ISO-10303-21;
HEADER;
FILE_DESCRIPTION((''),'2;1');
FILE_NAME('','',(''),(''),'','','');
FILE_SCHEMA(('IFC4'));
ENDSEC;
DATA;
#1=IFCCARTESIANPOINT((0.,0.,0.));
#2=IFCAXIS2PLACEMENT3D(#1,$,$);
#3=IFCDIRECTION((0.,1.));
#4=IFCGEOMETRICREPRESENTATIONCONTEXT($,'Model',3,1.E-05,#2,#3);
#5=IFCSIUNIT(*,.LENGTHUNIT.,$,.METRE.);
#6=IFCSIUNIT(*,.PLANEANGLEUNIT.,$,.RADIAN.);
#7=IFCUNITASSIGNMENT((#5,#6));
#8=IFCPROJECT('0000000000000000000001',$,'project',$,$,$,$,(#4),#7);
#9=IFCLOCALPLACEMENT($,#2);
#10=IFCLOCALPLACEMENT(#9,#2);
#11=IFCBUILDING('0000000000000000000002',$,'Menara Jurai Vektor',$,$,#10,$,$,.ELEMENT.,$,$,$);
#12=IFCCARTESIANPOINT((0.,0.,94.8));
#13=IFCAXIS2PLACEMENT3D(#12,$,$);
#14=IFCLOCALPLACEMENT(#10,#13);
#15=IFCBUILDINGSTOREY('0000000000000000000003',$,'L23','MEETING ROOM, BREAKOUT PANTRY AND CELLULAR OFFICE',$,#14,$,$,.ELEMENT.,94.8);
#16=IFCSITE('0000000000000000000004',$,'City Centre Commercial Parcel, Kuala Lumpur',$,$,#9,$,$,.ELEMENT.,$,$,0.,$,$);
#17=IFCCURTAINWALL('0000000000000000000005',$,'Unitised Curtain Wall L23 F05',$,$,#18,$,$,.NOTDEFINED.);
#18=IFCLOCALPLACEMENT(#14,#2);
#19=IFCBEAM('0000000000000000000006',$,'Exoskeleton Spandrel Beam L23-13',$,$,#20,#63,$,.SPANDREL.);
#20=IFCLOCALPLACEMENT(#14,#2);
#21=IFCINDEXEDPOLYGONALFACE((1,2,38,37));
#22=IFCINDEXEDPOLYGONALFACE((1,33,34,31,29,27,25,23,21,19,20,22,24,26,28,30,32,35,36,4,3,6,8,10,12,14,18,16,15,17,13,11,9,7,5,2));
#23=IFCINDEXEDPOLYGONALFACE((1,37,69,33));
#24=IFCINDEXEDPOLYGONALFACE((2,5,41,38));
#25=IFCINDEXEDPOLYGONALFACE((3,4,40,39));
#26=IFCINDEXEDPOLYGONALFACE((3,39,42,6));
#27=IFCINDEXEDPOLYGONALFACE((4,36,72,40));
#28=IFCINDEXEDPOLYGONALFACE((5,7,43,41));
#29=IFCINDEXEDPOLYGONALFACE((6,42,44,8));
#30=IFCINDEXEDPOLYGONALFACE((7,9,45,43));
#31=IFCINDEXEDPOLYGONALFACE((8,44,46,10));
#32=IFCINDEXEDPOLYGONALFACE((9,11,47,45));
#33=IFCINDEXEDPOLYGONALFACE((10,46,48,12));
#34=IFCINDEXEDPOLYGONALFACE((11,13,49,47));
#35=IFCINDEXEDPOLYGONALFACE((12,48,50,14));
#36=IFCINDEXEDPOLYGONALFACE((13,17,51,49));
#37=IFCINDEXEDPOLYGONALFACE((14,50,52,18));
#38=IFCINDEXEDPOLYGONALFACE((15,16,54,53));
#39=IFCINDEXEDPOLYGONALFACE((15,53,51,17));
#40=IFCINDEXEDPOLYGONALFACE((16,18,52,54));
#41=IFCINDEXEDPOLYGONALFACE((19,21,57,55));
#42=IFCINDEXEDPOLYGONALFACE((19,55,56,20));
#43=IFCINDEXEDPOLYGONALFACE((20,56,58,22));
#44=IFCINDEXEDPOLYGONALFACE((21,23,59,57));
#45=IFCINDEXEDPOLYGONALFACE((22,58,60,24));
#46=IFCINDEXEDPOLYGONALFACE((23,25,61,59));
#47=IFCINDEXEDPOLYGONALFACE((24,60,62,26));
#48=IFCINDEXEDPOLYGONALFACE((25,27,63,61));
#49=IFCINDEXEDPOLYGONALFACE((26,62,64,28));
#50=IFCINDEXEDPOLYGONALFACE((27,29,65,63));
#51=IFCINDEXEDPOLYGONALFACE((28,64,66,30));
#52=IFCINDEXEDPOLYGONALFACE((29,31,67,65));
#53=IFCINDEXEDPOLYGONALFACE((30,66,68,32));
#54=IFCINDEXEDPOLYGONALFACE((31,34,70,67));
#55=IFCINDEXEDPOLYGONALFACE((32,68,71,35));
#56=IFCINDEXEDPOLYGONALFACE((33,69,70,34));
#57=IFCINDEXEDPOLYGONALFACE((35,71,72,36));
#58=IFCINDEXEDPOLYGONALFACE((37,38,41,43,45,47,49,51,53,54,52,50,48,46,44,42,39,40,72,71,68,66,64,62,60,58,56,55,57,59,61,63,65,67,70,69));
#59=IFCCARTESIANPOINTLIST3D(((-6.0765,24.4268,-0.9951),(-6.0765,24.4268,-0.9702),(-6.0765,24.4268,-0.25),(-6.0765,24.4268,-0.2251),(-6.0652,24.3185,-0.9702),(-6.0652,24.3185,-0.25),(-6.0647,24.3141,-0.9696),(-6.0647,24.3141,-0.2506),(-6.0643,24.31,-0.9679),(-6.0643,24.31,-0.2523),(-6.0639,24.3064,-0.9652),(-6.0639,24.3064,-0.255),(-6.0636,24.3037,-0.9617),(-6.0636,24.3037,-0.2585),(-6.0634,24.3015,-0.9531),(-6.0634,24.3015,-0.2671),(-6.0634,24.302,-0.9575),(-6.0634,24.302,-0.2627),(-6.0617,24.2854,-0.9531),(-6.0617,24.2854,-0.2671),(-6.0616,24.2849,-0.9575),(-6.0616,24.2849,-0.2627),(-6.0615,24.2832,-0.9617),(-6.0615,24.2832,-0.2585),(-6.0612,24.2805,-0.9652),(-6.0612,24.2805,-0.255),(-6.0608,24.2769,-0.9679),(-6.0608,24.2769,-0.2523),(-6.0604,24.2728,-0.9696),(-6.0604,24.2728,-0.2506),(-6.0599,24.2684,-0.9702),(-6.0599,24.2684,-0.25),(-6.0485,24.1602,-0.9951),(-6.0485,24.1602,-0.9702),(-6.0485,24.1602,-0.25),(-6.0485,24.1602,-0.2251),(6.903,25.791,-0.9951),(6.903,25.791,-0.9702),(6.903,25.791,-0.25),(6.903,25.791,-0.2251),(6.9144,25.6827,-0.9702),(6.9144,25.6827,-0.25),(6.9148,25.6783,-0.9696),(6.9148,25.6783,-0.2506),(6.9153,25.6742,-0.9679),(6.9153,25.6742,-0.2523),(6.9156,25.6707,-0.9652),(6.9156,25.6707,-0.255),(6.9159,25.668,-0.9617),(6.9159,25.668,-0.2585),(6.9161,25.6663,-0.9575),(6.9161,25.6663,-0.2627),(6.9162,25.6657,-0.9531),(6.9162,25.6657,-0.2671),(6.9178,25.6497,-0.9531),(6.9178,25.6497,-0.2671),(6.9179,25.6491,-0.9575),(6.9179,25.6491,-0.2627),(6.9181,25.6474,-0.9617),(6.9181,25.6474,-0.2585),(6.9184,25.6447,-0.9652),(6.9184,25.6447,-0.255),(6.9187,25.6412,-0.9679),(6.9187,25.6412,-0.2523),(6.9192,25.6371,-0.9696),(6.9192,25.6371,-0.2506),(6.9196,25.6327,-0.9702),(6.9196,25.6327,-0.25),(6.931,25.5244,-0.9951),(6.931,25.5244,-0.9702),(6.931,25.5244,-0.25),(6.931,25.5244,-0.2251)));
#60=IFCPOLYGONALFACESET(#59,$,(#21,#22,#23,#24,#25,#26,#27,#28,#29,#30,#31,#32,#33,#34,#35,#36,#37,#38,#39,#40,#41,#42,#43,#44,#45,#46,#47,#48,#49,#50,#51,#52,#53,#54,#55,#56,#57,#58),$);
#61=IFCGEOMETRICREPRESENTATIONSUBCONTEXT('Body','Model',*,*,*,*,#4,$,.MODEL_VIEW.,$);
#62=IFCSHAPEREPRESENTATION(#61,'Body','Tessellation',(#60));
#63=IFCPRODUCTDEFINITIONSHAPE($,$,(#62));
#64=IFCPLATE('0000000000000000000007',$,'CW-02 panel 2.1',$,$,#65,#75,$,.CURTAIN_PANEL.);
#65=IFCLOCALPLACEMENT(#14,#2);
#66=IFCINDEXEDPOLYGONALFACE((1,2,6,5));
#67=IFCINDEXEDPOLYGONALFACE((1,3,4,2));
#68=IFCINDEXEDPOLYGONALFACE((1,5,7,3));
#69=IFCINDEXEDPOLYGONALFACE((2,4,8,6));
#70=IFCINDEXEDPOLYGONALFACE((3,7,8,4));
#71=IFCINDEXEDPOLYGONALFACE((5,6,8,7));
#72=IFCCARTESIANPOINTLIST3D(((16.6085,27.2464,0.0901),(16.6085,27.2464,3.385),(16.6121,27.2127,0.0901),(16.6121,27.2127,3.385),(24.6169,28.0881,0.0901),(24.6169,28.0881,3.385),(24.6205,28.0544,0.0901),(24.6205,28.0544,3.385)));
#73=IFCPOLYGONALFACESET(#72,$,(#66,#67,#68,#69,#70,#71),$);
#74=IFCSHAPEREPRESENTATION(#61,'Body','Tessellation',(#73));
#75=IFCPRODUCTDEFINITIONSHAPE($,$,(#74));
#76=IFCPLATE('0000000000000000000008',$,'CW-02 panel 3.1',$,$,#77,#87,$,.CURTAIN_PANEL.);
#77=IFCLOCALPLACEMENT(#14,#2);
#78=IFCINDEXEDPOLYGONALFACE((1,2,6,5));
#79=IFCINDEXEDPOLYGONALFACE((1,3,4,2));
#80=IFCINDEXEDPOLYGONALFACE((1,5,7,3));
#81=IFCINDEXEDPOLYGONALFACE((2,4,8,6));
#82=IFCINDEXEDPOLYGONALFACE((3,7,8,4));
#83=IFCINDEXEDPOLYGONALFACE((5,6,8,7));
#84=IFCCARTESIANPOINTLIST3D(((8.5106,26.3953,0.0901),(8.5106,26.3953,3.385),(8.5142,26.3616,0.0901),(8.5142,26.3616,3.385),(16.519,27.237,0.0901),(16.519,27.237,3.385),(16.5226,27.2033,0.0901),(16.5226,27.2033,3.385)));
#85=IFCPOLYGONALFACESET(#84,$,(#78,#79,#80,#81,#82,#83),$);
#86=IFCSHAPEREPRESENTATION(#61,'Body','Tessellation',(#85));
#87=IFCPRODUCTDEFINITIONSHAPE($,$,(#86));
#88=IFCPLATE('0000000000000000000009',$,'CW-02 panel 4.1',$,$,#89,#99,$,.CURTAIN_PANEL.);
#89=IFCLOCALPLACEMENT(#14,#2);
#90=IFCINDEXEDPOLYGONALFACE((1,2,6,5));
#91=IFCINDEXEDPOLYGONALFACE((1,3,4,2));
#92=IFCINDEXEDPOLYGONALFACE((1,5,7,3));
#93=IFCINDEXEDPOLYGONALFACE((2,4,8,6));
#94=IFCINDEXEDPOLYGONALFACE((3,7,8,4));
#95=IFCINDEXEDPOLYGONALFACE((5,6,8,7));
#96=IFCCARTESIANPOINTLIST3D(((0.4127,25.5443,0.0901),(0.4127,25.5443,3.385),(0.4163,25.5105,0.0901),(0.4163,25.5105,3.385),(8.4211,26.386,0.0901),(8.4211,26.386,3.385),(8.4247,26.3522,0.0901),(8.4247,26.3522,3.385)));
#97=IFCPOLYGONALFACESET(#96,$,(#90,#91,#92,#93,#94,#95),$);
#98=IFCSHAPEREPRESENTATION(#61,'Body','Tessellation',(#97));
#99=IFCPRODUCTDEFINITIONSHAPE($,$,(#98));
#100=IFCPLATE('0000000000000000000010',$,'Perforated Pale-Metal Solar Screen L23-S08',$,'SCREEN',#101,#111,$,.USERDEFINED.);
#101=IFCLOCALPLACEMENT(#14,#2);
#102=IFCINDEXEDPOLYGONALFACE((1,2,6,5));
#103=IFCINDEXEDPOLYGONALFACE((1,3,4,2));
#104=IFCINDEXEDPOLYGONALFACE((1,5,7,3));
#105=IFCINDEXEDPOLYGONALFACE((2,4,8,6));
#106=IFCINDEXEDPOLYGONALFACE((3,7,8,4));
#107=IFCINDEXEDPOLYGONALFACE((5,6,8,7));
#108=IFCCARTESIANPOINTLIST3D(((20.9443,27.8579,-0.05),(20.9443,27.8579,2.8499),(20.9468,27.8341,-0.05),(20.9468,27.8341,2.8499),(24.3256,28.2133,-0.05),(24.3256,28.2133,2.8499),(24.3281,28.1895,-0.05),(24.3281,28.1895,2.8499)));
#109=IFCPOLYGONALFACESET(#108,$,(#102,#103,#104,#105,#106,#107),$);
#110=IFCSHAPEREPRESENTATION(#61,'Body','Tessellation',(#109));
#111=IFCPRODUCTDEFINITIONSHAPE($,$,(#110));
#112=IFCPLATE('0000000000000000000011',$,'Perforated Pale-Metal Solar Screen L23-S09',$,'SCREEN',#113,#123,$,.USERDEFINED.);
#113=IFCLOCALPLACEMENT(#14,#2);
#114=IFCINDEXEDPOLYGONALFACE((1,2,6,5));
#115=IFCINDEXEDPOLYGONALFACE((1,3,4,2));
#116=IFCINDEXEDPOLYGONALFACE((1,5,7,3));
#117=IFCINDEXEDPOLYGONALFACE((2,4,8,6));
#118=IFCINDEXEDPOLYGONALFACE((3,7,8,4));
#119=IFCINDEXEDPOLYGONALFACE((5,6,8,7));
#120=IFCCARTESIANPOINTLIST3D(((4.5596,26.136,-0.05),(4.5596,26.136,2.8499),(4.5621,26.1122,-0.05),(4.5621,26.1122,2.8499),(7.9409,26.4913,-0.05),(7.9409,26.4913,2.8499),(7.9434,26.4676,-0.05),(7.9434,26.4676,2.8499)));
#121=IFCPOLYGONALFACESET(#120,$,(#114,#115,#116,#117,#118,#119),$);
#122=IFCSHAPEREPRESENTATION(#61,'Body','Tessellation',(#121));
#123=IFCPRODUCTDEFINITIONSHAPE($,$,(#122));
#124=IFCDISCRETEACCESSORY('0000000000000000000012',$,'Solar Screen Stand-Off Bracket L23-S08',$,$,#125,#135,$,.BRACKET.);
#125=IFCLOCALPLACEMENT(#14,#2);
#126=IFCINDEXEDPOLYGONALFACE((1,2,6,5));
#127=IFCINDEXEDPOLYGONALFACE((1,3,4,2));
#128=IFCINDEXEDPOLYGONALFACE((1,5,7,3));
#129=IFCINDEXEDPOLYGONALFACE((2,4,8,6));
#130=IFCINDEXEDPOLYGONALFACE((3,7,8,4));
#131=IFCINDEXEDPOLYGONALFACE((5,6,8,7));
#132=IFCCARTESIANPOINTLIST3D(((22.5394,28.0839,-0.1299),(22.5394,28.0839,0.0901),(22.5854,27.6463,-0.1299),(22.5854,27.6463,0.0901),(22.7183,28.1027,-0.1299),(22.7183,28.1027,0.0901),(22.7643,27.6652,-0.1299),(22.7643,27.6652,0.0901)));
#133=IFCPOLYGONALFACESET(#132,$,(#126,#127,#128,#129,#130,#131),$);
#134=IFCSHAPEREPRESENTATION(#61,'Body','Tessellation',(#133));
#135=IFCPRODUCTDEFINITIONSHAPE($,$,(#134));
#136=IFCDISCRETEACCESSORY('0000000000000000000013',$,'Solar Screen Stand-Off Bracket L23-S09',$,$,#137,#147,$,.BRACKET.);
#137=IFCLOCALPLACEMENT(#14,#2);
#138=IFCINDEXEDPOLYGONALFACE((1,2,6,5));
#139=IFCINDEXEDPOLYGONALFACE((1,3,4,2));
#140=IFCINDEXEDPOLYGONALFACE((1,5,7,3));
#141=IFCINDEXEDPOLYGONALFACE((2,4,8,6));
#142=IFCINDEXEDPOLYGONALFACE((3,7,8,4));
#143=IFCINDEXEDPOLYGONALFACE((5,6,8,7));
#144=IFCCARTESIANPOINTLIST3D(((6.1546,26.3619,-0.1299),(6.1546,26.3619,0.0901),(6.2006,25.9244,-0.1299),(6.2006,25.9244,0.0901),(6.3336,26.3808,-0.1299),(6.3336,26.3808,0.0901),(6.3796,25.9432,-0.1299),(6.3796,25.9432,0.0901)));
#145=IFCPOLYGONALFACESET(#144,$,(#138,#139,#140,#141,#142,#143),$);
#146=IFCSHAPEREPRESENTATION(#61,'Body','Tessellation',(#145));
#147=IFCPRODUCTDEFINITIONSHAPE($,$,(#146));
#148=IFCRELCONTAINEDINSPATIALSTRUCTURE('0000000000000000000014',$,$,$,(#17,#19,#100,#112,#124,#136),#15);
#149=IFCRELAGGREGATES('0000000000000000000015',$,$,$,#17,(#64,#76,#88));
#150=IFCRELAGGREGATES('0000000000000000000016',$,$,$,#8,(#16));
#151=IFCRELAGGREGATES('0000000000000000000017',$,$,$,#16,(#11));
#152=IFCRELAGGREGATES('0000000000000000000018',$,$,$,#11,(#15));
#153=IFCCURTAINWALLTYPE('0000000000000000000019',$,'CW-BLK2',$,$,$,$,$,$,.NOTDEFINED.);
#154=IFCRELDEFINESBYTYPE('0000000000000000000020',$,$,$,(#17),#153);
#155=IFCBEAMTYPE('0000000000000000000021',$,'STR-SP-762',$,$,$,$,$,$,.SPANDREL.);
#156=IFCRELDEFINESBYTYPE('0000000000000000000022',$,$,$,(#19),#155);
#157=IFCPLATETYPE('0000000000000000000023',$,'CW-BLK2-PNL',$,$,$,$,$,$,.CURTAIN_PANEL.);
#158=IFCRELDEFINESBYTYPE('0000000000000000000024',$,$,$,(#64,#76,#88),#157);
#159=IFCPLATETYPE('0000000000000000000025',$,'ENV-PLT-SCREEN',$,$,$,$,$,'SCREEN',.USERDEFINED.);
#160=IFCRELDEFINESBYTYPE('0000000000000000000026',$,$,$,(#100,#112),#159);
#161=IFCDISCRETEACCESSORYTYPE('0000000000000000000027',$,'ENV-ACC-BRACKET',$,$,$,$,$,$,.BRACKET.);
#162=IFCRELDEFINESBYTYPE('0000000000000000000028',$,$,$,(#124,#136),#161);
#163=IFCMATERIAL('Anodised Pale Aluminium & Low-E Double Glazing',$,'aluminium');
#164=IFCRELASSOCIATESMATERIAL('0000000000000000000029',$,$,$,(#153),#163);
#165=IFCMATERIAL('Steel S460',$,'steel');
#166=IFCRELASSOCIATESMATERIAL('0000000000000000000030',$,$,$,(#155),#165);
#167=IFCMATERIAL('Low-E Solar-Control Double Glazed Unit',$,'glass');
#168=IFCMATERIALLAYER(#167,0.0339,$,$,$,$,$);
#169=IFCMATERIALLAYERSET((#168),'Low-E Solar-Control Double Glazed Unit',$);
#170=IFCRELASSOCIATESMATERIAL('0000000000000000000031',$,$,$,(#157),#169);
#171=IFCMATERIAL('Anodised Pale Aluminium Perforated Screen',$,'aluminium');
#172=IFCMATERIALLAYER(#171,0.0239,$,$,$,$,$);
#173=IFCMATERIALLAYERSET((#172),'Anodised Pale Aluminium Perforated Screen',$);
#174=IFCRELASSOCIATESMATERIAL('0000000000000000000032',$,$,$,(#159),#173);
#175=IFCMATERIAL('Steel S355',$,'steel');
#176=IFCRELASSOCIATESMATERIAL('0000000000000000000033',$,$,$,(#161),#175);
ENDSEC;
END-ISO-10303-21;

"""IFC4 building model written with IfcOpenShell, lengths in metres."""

from ifc_helpers import new_model, si_unit, direction, frame, origin, origin_2d, place, context, subcontext, project, spatial, rectangle, i_section, extrude, material, layer, layer_set, material_profile, profile_set, type_object, element, aggregate, save


model = new_model("IFC4")

# Units and contexts
model_context = context("Model", 3, precision=1e-05, world=origin(), true_north=direction((0.0, 1.0)))
body_context = subcontext(model_context, "Body", "Model", "MODEL_VIEW")
ifc_project = project(units=[si_unit("LENGTHUNIT", "METRE"), si_unit("PLANEANGLEUNIT", "RADIAN")], contexts=[model_context])

# Site, building, storey
site_placement = place(None, origin())
site = spatial("IfcSite", under=ifc_project, at=site_placement, Name="City Centre Commercial Parcel, Kuala Lumpur", CompositionType="ELEMENT", RefElevation=0.0)
building_placement = place(site_placement, origin())
building = spatial("IfcBuilding", under=site, at=building_placement, Name="Menara Jurai Vektor", CompositionType="ELEMENT")
storey_placement = place(building_placement, frame((0.0, 0.0, 94.8)))
storey = spatial("IfcBuildingStorey", under=building, at=storey_placement, Name="L23", Description="MEETING ROOM, BREAKOUT PANTRY AND CELLULAR OFFICE", CompositionType="ELEMENT", Elevation=94.8)

# Shared definitions
ifc_material_1 = material(Name="Steel S460", Category="steel")

# Curtain wall
ifc_material_2 = material(Name="Anodised Pale Aluminium & Low-E Double Glazing", Category="aluminium")
curtain_wall_type = type_object("IfcCurtainWallType", Name="CW-BLK2", PredefinedType="NOTDEFINED", material=ifc_material_2)
curtain_wall_placement = place(storey_placement, origin())
curtain_wall = element("IfcCurtainWall", 1, at=curtain_wall_placement, inside=storey, type_object=curtain_wall_type, Name="Unitised Curtain Wall L23 F05", PredefinedType="NOTDEFINED")

# Beam
ifc_material_3 = material(Name="Steel S355", Category="steel")
ifc_material_profile_1 = material_profile(ifc_material_1, i_section(OverallWidth=0.2681, OverallDepth=0.77, WebThickness=0.0161, FlangeThickness=0.0249, FilletRadius=0.0171, at=origin_2d()), Name="UKB 762x267x197")
ifc_profile_set_1 = profile_set([ifc_material_profile_1], Name="Steel S460")
beam_type_1 = type_object("IfcBeamType", Name="STR-SP-762", PredefinedType="SPANDREL", material=ifc_profile_set_1)
beam_1_placement = place(storey_placement, frame((6.917, 25.6577, -0.6101), z_axis=(-0.994521, -0.104533, 0.0), x_axis=(0.104533, -0.994521, 0.0)))
element("IfcBeam", 2, at=beam_1_placement, inside=storey, type_object=beam_type_1, Name="Exoskeleton Spandrel Beam L23-13", PredefinedType="SPANDREL", context=body_context, shape_type="SweptSolid", body=[
    extrude(i_section(OverallWidth=0.2681, OverallDepth=0.77, WebThickness=0.0161, FlangeThickness=0.0249, FilletRadius=0.0171, at=origin_2d()), origin(), (0.0, 0.0, 1.0), 13.051),
])

# Plates
ifc_material_4 = material(Name="Low-E Solar-Control Double Glazed Unit", Category="glass")
ifc_layer_1 = layer(ifc_material_4, 0.0339)
ifc_layer_set_1 = layer_set([ifc_layer_1], Name="Low-E Solar-Control Double Glazed Unit")
plate_type_1 = type_object("IfcPlateType", Name="CW-BLK2-PNL", PredefinedType="CURTAIN_PANEL", material=ifc_layer_set_1)
plate_1_placement = place(storey_placement, frame((20.6145, 27.6504, 0.0901), z_axis=(0.0, 0.0, 1.0), x_axis=(-0.994522, -0.104529, 0.0)))
plate_1 = element("IfcPlate", 3, at=plate_1_placement, type_object=plate_type_1, Name="CW-02 panel 2.1", PredefinedType="CURTAIN_PANEL", context=body_context, shape_type="SweptSolid", body=[
    extrude(rectangle(XDim=8.0525, YDim=0.0339, at=origin_2d()), origin(), (0.0, 0.0, 1.0), 3.2949),
])
plate_2_placement = place(storey_placement, frame((12.5166, 26.7993, 0.0901), z_axis=(0.0, 0.0, 1.0), x_axis=(-0.994522, -0.104529, 0.0)))
plate_2 = element("IfcPlate", 4, at=plate_2_placement, type_object=plate_type_1, Name="CW-02 panel 3.1", PredefinedType="CURTAIN_PANEL", context=body_context, shape_type="SweptSolid", body=[
    extrude(rectangle(XDim=8.0525, YDim=0.0339, at=origin_2d()), origin(), (0.0, 0.0, 1.0), 3.2949),
])
plate_3_placement = place(storey_placement, frame((4.4187, 25.9482, 0.0901), z_axis=(0.0, 0.0, 1.0), x_axis=(-0.994522, -0.104529, 0.0)))
plate_3 = element("IfcPlate", 5, at=plate_3_placement, type_object=plate_type_1, Name="CW-02 panel 4.1", PredefinedType="CURTAIN_PANEL", context=body_context, shape_type="SweptSolid", body=[
    extrude(rectangle(XDim=8.0525, YDim=0.0339, at=origin_2d()), origin(), (0.0, 0.0, 1.0), 3.2949),
])
aggregate(curtain_wall, [plate_1, plate_2, plate_3])

# Plates
ifc_material_5 = material(Name="Anodised Pale Aluminium Perforated Screen", Category="aluminium")
ifc_layer_2 = layer(ifc_material_5, 0.0239)
ifc_layer_set_2 = layer_set([ifc_layer_2], Name="Anodised Pale Aluminium Perforated Screen")
plate_type_2 = type_object("IfcPlateType", Name="ENV-PLT-SCREEN", ElementType="SCREEN", PredefinedType="USERDEFINED", material=ifc_layer_set_2)
for number, where, z_axis, x_axis, name in (
    (6, (22.6362, 28.0237, -0.05), (0.0, 0.0, 1.0), (-0.994522, -0.104528, 0.0), "Perforated Pale-Metal Solar Screen L23-S08"),
    (7, (6.2515, 26.3018, -0.05), (0.0, 0.0, 1.0), (-0.994522, -0.104528, 0.0), "Perforated Pale-Metal Solar Screen L23-S09"),
):
    element("IfcPlate", number, at=place(storey_placement, frame(where, z_axis=z_axis, x_axis=x_axis)), inside=storey, type_object=plate_type_2, Name=name, ObjectType="SCREEN", PredefinedType="USERDEFINED", context=body_context, shape_type="SweptSolid", body=[
        extrude(rectangle(XDim=3.3999, YDim=0.0239, at=origin_2d()), origin(), (0.0, 0.0, 1.0), 2.8999),
    ])

# Discrete accessories
discrete_accessory_type = type_object("IfcDiscreteAccessoryType", Name="ENV-ACC-BRACKET", PredefinedType="BRACKET", material=ifc_material_3)
for number, where, z_axis, x_axis, name in (
    (8, (22.6519, 27.8745, -0.1299), (0.0, 0.0, 1.0), (-0.994522, -0.104528, 0.0), "Solar Screen Stand-Off Bracket L23-S08"),
    (9, (6.2671, 26.1526, -0.1299), (0.0, 0.0, 1.0), (-0.994522, -0.104528, 0.0), "Solar Screen Stand-Off Bracket L23-S09"),
):
    element("IfcDiscreteAccessory", number, at=place(storey_placement, frame(where, z_axis=z_axis, x_axis=x_axis)), inside=storey, type_object=discrete_accessory_type, Name=name, PredefinedType="BRACKET", context=body_context, shape_type="SweptSolid", body=[
        extrude(rectangle(XDim=0.1799, YDim=0.4399, at=origin_2d()), origin(), (0.0, 0.0, 1.0), 0.22),
    ])

save(model, "model.ifc")
